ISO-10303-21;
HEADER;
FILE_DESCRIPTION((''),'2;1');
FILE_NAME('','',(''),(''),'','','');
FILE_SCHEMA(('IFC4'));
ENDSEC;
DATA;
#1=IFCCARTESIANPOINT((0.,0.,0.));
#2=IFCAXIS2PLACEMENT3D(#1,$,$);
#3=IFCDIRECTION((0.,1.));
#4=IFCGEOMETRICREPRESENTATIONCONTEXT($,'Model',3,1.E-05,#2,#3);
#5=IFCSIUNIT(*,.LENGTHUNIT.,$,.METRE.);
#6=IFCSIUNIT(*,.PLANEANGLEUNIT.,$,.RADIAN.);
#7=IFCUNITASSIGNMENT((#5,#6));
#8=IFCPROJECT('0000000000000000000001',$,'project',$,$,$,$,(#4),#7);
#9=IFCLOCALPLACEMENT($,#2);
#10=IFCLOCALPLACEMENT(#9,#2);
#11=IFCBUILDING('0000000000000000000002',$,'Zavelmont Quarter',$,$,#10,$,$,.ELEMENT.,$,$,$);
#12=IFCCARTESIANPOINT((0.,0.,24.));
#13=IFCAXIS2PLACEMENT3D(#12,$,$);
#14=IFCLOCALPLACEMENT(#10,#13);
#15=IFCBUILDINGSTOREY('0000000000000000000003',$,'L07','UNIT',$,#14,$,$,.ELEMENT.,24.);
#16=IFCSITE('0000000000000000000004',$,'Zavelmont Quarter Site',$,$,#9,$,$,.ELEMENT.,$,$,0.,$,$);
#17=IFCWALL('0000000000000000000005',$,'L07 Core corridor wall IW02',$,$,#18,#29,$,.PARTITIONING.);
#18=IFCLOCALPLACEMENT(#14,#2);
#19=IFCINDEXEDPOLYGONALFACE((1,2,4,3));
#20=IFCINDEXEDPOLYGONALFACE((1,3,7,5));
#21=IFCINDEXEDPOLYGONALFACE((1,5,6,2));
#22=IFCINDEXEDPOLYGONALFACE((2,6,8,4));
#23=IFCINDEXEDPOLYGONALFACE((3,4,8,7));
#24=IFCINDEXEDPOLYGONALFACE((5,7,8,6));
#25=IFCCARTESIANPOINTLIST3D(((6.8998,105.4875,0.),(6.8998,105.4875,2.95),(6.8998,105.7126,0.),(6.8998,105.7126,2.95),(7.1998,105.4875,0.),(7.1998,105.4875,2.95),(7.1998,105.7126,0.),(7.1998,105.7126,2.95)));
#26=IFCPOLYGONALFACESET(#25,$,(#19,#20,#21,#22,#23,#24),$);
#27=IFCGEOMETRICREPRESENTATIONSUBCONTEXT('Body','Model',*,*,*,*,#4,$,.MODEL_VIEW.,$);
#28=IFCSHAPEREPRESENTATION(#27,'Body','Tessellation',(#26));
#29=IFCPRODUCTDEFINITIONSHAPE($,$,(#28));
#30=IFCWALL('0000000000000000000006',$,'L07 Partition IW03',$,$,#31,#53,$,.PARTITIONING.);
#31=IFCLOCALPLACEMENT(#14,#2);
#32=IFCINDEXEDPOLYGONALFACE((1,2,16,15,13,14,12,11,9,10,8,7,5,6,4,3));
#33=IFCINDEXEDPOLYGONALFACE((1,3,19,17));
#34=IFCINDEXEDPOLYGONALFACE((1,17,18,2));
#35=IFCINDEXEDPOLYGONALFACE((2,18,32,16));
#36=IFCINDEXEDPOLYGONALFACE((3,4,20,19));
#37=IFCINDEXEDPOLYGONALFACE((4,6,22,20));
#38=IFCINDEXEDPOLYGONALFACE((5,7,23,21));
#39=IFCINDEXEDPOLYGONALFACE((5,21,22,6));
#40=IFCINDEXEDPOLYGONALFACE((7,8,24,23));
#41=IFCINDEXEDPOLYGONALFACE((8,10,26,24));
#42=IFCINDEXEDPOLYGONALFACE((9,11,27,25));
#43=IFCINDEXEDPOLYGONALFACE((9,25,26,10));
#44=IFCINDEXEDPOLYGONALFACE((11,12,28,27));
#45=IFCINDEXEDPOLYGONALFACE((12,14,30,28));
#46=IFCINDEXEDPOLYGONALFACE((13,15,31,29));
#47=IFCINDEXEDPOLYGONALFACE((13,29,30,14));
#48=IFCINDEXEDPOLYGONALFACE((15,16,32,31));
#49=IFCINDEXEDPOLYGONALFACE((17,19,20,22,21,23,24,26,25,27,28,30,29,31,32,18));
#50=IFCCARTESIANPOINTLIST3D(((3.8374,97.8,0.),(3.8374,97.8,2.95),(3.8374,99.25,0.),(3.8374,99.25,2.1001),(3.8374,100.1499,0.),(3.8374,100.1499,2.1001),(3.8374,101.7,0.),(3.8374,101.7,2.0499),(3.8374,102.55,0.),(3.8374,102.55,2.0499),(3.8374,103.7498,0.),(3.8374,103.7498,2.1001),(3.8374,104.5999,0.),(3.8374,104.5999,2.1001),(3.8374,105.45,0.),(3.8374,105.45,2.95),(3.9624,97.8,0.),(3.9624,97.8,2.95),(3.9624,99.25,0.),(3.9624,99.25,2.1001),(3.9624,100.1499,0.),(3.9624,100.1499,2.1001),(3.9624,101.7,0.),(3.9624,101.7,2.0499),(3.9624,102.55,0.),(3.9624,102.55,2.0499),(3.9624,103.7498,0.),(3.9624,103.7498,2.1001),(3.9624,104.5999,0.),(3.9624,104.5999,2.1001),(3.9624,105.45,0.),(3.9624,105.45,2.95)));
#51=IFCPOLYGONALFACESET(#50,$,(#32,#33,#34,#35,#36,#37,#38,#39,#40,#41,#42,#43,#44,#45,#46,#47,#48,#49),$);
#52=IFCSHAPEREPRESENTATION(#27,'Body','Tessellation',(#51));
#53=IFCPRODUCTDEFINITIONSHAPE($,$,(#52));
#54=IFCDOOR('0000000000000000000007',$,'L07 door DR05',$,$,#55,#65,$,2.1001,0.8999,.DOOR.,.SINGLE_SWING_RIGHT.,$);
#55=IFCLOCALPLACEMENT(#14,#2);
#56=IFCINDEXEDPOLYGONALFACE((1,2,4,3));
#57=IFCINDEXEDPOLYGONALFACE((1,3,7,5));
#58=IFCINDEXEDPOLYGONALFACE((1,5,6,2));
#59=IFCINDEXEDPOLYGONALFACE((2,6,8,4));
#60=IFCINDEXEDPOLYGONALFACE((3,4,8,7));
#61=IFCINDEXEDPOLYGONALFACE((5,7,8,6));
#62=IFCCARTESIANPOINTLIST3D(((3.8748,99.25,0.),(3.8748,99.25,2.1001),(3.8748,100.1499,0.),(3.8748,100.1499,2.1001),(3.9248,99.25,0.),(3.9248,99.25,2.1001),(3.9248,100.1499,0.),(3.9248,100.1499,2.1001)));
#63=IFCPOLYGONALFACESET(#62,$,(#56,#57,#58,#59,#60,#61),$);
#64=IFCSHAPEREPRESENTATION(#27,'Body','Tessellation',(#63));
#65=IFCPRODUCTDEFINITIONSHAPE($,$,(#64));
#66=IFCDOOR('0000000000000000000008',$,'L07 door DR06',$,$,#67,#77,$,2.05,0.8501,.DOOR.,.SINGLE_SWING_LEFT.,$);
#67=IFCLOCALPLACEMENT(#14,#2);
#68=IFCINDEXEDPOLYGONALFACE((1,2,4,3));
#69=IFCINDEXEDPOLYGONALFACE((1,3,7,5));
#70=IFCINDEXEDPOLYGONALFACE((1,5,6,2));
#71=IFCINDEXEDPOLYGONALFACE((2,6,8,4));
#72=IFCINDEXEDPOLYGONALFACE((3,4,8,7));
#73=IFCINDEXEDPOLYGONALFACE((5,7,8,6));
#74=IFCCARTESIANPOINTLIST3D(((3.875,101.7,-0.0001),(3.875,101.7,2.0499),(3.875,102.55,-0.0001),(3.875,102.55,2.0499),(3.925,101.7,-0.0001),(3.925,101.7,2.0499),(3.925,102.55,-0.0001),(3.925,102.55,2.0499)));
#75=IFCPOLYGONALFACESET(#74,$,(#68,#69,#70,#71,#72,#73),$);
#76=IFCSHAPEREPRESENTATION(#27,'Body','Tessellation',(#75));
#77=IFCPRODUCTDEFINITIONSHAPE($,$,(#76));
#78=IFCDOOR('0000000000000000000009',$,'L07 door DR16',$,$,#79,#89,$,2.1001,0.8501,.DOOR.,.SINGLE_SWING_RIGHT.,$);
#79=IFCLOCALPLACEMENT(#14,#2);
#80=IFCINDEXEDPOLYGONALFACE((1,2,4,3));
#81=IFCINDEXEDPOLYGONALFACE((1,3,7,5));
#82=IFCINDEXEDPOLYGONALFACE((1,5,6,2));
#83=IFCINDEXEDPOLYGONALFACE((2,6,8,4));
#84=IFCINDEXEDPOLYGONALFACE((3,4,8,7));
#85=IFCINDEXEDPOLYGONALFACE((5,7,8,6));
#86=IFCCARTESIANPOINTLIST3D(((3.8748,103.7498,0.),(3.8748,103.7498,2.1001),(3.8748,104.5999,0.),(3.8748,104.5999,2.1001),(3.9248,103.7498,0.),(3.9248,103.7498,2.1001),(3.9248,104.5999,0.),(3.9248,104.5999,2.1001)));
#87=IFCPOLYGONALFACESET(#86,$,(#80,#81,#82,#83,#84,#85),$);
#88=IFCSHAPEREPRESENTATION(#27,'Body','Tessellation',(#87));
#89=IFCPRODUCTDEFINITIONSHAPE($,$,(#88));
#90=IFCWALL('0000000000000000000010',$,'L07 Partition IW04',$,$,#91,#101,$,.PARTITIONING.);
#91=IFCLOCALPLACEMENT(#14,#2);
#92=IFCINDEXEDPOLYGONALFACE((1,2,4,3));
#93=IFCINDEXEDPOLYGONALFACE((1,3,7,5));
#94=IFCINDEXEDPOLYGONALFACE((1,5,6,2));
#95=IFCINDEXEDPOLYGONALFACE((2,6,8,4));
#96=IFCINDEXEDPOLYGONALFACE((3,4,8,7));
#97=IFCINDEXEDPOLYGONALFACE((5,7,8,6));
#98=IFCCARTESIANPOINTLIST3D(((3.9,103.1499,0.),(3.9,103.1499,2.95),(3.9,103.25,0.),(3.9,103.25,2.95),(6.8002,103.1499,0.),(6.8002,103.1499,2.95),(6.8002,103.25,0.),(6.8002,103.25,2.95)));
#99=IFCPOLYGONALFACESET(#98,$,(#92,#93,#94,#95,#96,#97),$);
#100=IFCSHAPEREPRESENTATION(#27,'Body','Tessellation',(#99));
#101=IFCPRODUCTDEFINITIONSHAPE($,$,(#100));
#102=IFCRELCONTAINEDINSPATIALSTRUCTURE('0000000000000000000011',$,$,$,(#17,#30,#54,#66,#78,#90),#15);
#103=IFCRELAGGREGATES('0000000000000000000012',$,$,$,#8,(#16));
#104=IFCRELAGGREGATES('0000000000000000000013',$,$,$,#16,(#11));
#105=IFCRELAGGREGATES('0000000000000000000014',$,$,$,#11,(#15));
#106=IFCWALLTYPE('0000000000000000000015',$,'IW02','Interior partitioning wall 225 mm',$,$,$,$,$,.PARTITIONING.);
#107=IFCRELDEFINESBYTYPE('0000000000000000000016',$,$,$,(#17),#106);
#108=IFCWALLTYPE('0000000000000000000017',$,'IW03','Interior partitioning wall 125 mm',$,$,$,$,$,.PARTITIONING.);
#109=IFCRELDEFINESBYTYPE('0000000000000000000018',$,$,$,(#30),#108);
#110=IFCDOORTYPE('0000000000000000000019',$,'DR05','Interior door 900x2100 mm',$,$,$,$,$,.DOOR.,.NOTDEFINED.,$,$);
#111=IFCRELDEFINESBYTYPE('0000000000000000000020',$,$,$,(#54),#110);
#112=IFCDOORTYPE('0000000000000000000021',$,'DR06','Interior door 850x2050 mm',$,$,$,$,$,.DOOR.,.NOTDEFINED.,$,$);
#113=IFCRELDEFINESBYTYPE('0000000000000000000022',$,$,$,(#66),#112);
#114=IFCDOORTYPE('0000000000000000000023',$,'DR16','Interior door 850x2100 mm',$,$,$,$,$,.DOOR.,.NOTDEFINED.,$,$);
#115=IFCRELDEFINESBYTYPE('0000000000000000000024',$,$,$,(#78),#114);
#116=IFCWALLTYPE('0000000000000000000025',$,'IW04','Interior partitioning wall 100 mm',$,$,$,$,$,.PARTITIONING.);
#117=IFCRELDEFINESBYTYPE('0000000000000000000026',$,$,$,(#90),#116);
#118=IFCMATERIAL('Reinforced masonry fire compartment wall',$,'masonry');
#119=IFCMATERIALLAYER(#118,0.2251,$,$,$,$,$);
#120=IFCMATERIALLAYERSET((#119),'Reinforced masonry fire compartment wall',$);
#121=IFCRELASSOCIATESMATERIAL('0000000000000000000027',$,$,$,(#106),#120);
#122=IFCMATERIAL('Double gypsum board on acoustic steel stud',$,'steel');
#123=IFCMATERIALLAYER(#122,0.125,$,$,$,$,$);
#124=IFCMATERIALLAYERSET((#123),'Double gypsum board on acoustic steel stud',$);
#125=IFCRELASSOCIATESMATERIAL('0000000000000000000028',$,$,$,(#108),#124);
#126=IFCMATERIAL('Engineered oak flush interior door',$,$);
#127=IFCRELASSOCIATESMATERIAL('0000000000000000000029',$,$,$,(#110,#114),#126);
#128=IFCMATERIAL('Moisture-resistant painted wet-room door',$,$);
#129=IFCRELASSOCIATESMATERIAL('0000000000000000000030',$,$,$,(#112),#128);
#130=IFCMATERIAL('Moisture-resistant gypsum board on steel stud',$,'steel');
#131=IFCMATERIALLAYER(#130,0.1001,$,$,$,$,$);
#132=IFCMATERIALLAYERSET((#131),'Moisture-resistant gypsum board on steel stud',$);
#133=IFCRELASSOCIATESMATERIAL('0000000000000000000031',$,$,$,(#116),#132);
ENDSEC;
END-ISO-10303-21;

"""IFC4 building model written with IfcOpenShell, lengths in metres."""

from ifc_helpers import new_model, si_unit, direction, frame, frame_2d, origin, origin_with_axes, place, context, subcontext, project, spatial, rectangle, extrude, material, layer, layer_set, type_object, element, fill, save


model = new_model("IFC4")

# Units and contexts
model_context = context("Model", 3, precision=1e-05, world=origin(), true_north=direction((0.0, 1.0)))
body_context = subcontext(model_context, "Body", "Model", "MODEL_VIEW")
ifc_project = project(units=[si_unit("LENGTHUNIT", "METRE"), si_unit("PLANEANGLEUNIT", "RADIAN")], contexts=[model_context])

# Site, building, storey
site_placement = place(None, origin())
site = spatial("IfcSite", under=ifc_project, at=site_placement, Name="Zavelmont Quarter Site", CompositionType="ELEMENT", RefElevation=0.0)
building_placement = place(site_placement, origin())
building = spatial("IfcBuilding", under=site, at=building_placement, Name="Zavelmont Quarter", CompositionType="ELEMENT")
storey_placement = place(building_placement, frame((0.0, 0.0, 24.0)))
storey = spatial("IfcBuildingStorey", under=building, at=storey_placement, Name="L07", Description="UNIT", CompositionType="ELEMENT", Elevation=24.0)

# Wall
ifc_material_1 = material(Name="Reinforced masonry fire compartment wall", Category="masonry")
ifc_layer_1 = layer(ifc_material_1, 0.2251)
ifc_layer_set_1 = layer_set([ifc_layer_1], Name="Reinforced masonry fire compartment wall")
wall_type_1 = type_object("IfcWallType", Name="IW02", Description="Interior partitioning wall 225 mm", PredefinedType="PARTITIONING", material=ifc_layer_set_1)
wall_1_placement = place(storey_placement, frame((6.8999, 105.6001, 0.0), z_axis=(0.0, 0.0, 1.0), x_axis=(1.0, 0.0, 0.0)))
element("IfcWall", 1, at=wall_1_placement, inside=storey, type_object=wall_type_1, Name="L07 Core corridor wall IW02", PredefinedType="PARTITIONING", context=body_context, shape_type="SweptSolid", body=[
    extrude(rectangle(XDim=0.3, YDim=0.2251, at=frame_2d((0.1499, 0.0))), origin(), (0.0, 0.0, 1.0), 2.95),
])

# Wall, openings, doors
ifc_material_2 = material(Name="Double gypsum board on acoustic steel stud", Category="steel")
ifc_layer_2 = layer(ifc_material_2, 0.125)
ifc_layer_set_2 = layer_set([ifc_layer_2], Name="Double gypsum board on acoustic steel stud")
wall_type_2 = type_object("IfcWallType", Name="IW03", Description="Interior partitioning wall 125 mm", PredefinedType="PARTITIONING", material=ifc_layer_set_2)
wall_2_placement = place(storey_placement, frame((3.8999, 105.45, 0.0), z_axis=(0.0, 0.0, 1.0), x_axis=(0.0, -1.0, 0.0)))
wall_2 = element("IfcWall", 2, at=wall_2_placement, inside=storey, type_object=wall_type_2, Name="L07 Partition IW03", PredefinedType="PARTITIONING", context=body_context, shape_type="SweptSolid", body=[
    extrude(rectangle(XDim=7.6499, YDim=0.125, at=frame_2d((3.825, 0.0))), origin(), (0.0, 0.0, 1.0), 2.95),
])
opening_1_placement = place(wall_2_placement, frame((0.8501, 0.0, 0.0)))
opening_1 = element("IfcOpeningElement", 3, at=opening_1_placement, cuts=wall_2, PredefinedType="OPENING", context=body_context, shape_type="SweptSolid", body=[
    extrude(rectangle(XDim=0.8501, YDim=2.1001, at=frame_2d((0.425, 1.05))), frame((0.0, 0.0745, 0.0), z_axis=(0.0, -1.0, 0.0), x_axis=(1.0, 0.0, 0.0)), (0.0, 0.0, 1.0), 0.1489),
])
opening_2_placement = place(wall_2_placement, frame((2.8999, 0.0, 0.0)))
opening_2 = element("IfcOpeningElement", 4, at=opening_2_placement, cuts=wall_2, PredefinedType="OPENING", context=body_context, shape_type="SweptSolid", body=[
    extrude(rectangle(XDim=0.8501, YDim=2.05, at=frame_2d((0.425, 1.0249))), frame((0.0, 0.0745, 0.0), z_axis=(0.0, -1.0, 0.0), x_axis=(1.0, 0.0, 0.0)), (0.0, 0.0, 1.0), 0.1489),
])
opening_3_placement = place(wall_2_placement, frame((5.3, 0.0, 0.0)))
opening_3 = element("IfcOpeningElement", 5, at=opening_3_placement, cuts=wall_2, PredefinedType="OPENING", context=body_context, shape_type="SweptSolid", body=[
    extrude(rectangle(XDim=0.8999, YDim=2.1001, at=frame_2d((0.45, 1.05))), frame((0.0, 0.0745, 0.0), z_axis=(0.0, -1.0, 0.0), x_axis=(1.0, 0.0, 0.0)), (0.0, 0.0, 1.0), 0.1489),
])
ifc_material_3 = material(Name="Engineered oak flush interior door")
door_type_1 = type_object("IfcDoorType", Name="DR05", Description="Interior door 900x2100 mm", OperationType="NOTDEFINED", PredefinedType="DOOR", material=ifc_material_3)
door_1_placement = place(opening_3_placement, origin_with_axes())
door_1 = element("IfcDoor", 6, at=door_1_placement, inside=storey, type_object=door_type_1, Name="L07 door DR05", OperationType="SINGLE_SWING_RIGHT", OverallHeight=2.1001, OverallWidth=0.8999, PredefinedType="DOOR", context=body_context, shape_type="SweptSolid", body=[
    extrude(rectangle(XDim=0.8999, YDim=2.1001, at=frame_2d((0.45, 1.05))), frame((0.0, 0.0249, 0.0), z_axis=(0.0, -1.0, 0.0), x_axis=(1.0, 0.0, 0.0)), (0.0, 0.0, 1.0), 0.05),
])
fill(opening_3, door_1)
ifc_material_4 = material(Name="Moisture-resistant painted wet-room door")
door_type_2 = type_object("IfcDoorType", Name="DR06", Description="Interior door 850x2050 mm", OperationType="NOTDEFINED", PredefinedType="DOOR", material=ifc_material_4)
door_2_placement = place(opening_2_placement, frame((0.8501, 0.0, 0.0), z_axis=(0.0, 0.0, 1.0), x_axis=(-1.0, 0.0, 0.0)))
door_2 = element("IfcDoor", 7, at=door_2_placement, inside=storey, type_object=door_type_2, Name="L07 door DR06", OperationType="SINGLE_SWING_LEFT", OverallHeight=2.05, OverallWidth=0.8501, PredefinedType="DOOR", context=body_context, shape_type="SweptSolid", body=[
    extrude(rectangle(XDim=0.8501, YDim=2.05, at=frame_2d((0.425, 1.0249))), frame((0.0, 0.0249, 0.0), z_axis=(0.0, -1.0, 0.0), x_axis=(1.0, 0.0, 0.0)), (0.0, 0.0, 1.0), 0.05),
])
fill(opening_2, door_2)
door_type_3 = type_object("IfcDoorType", Name="DR16", Description="Interior door 850x2100 mm", OperationType="NOTDEFINED", PredefinedType="DOOR", material=ifc_material_3)
door_3_placement = place(opening_1_placement, origin_with_axes())
door_3 = element("IfcDoor", 8, at=door_3_placement, inside=storey, type_object=door_type_3, Name="L07 door DR16", OperationType="SINGLE_SWING_RIGHT", OverallHeight=2.1001, OverallWidth=0.8501, PredefinedType="DOOR", context=body_context, shape_type="SweptSolid", body=[
    extrude(rectangle(XDim=0.8501, YDim=2.1001, at=frame_2d((0.425, 1.05))), frame((0.0, 0.0249, 0.0), z_axis=(0.0, -1.0, 0.0), x_axis=(1.0, 0.0, 0.0)), (0.0, 0.0, 1.0), 0.05),
])
fill(opening_1, door_3)

# Wall
ifc_material_5 = material(Name="Moisture-resistant gypsum board on steel stud", Category="steel")
ifc_layer_3 = layer(ifc_material_5, 0.1001)
ifc_layer_set_3 = layer_set([ifc_layer_3], Name="Moisture-resistant gypsum board on steel stud")
wall_type_3 = type_object("IfcWallType", Name="IW04", Description="Interior partitioning wall 100 mm", PredefinedType="PARTITIONING", material=ifc_layer_set_3)
wall_3_placement = place(storey_placement, frame((3.8999, 103.2, 0.0), z_axis=(0.0, 0.0, 1.0), x_axis=(1.0, 0.0, 0.0)))
element("IfcWall", 9, at=wall_3_placement, inside=storey, type_object=wall_type_3, Name="L07 Partition IW04", PredefinedType="PARTITIONING", context=body_context, shape_type="SweptSolid", body=[
    extrude(rectangle(XDim=2.9001, YDim=0.1001, at=frame_2d((1.4502, 0.0))), origin(), (0.0, 0.0, 1.0), 2.95),
])

save(model, "model.ifc")
